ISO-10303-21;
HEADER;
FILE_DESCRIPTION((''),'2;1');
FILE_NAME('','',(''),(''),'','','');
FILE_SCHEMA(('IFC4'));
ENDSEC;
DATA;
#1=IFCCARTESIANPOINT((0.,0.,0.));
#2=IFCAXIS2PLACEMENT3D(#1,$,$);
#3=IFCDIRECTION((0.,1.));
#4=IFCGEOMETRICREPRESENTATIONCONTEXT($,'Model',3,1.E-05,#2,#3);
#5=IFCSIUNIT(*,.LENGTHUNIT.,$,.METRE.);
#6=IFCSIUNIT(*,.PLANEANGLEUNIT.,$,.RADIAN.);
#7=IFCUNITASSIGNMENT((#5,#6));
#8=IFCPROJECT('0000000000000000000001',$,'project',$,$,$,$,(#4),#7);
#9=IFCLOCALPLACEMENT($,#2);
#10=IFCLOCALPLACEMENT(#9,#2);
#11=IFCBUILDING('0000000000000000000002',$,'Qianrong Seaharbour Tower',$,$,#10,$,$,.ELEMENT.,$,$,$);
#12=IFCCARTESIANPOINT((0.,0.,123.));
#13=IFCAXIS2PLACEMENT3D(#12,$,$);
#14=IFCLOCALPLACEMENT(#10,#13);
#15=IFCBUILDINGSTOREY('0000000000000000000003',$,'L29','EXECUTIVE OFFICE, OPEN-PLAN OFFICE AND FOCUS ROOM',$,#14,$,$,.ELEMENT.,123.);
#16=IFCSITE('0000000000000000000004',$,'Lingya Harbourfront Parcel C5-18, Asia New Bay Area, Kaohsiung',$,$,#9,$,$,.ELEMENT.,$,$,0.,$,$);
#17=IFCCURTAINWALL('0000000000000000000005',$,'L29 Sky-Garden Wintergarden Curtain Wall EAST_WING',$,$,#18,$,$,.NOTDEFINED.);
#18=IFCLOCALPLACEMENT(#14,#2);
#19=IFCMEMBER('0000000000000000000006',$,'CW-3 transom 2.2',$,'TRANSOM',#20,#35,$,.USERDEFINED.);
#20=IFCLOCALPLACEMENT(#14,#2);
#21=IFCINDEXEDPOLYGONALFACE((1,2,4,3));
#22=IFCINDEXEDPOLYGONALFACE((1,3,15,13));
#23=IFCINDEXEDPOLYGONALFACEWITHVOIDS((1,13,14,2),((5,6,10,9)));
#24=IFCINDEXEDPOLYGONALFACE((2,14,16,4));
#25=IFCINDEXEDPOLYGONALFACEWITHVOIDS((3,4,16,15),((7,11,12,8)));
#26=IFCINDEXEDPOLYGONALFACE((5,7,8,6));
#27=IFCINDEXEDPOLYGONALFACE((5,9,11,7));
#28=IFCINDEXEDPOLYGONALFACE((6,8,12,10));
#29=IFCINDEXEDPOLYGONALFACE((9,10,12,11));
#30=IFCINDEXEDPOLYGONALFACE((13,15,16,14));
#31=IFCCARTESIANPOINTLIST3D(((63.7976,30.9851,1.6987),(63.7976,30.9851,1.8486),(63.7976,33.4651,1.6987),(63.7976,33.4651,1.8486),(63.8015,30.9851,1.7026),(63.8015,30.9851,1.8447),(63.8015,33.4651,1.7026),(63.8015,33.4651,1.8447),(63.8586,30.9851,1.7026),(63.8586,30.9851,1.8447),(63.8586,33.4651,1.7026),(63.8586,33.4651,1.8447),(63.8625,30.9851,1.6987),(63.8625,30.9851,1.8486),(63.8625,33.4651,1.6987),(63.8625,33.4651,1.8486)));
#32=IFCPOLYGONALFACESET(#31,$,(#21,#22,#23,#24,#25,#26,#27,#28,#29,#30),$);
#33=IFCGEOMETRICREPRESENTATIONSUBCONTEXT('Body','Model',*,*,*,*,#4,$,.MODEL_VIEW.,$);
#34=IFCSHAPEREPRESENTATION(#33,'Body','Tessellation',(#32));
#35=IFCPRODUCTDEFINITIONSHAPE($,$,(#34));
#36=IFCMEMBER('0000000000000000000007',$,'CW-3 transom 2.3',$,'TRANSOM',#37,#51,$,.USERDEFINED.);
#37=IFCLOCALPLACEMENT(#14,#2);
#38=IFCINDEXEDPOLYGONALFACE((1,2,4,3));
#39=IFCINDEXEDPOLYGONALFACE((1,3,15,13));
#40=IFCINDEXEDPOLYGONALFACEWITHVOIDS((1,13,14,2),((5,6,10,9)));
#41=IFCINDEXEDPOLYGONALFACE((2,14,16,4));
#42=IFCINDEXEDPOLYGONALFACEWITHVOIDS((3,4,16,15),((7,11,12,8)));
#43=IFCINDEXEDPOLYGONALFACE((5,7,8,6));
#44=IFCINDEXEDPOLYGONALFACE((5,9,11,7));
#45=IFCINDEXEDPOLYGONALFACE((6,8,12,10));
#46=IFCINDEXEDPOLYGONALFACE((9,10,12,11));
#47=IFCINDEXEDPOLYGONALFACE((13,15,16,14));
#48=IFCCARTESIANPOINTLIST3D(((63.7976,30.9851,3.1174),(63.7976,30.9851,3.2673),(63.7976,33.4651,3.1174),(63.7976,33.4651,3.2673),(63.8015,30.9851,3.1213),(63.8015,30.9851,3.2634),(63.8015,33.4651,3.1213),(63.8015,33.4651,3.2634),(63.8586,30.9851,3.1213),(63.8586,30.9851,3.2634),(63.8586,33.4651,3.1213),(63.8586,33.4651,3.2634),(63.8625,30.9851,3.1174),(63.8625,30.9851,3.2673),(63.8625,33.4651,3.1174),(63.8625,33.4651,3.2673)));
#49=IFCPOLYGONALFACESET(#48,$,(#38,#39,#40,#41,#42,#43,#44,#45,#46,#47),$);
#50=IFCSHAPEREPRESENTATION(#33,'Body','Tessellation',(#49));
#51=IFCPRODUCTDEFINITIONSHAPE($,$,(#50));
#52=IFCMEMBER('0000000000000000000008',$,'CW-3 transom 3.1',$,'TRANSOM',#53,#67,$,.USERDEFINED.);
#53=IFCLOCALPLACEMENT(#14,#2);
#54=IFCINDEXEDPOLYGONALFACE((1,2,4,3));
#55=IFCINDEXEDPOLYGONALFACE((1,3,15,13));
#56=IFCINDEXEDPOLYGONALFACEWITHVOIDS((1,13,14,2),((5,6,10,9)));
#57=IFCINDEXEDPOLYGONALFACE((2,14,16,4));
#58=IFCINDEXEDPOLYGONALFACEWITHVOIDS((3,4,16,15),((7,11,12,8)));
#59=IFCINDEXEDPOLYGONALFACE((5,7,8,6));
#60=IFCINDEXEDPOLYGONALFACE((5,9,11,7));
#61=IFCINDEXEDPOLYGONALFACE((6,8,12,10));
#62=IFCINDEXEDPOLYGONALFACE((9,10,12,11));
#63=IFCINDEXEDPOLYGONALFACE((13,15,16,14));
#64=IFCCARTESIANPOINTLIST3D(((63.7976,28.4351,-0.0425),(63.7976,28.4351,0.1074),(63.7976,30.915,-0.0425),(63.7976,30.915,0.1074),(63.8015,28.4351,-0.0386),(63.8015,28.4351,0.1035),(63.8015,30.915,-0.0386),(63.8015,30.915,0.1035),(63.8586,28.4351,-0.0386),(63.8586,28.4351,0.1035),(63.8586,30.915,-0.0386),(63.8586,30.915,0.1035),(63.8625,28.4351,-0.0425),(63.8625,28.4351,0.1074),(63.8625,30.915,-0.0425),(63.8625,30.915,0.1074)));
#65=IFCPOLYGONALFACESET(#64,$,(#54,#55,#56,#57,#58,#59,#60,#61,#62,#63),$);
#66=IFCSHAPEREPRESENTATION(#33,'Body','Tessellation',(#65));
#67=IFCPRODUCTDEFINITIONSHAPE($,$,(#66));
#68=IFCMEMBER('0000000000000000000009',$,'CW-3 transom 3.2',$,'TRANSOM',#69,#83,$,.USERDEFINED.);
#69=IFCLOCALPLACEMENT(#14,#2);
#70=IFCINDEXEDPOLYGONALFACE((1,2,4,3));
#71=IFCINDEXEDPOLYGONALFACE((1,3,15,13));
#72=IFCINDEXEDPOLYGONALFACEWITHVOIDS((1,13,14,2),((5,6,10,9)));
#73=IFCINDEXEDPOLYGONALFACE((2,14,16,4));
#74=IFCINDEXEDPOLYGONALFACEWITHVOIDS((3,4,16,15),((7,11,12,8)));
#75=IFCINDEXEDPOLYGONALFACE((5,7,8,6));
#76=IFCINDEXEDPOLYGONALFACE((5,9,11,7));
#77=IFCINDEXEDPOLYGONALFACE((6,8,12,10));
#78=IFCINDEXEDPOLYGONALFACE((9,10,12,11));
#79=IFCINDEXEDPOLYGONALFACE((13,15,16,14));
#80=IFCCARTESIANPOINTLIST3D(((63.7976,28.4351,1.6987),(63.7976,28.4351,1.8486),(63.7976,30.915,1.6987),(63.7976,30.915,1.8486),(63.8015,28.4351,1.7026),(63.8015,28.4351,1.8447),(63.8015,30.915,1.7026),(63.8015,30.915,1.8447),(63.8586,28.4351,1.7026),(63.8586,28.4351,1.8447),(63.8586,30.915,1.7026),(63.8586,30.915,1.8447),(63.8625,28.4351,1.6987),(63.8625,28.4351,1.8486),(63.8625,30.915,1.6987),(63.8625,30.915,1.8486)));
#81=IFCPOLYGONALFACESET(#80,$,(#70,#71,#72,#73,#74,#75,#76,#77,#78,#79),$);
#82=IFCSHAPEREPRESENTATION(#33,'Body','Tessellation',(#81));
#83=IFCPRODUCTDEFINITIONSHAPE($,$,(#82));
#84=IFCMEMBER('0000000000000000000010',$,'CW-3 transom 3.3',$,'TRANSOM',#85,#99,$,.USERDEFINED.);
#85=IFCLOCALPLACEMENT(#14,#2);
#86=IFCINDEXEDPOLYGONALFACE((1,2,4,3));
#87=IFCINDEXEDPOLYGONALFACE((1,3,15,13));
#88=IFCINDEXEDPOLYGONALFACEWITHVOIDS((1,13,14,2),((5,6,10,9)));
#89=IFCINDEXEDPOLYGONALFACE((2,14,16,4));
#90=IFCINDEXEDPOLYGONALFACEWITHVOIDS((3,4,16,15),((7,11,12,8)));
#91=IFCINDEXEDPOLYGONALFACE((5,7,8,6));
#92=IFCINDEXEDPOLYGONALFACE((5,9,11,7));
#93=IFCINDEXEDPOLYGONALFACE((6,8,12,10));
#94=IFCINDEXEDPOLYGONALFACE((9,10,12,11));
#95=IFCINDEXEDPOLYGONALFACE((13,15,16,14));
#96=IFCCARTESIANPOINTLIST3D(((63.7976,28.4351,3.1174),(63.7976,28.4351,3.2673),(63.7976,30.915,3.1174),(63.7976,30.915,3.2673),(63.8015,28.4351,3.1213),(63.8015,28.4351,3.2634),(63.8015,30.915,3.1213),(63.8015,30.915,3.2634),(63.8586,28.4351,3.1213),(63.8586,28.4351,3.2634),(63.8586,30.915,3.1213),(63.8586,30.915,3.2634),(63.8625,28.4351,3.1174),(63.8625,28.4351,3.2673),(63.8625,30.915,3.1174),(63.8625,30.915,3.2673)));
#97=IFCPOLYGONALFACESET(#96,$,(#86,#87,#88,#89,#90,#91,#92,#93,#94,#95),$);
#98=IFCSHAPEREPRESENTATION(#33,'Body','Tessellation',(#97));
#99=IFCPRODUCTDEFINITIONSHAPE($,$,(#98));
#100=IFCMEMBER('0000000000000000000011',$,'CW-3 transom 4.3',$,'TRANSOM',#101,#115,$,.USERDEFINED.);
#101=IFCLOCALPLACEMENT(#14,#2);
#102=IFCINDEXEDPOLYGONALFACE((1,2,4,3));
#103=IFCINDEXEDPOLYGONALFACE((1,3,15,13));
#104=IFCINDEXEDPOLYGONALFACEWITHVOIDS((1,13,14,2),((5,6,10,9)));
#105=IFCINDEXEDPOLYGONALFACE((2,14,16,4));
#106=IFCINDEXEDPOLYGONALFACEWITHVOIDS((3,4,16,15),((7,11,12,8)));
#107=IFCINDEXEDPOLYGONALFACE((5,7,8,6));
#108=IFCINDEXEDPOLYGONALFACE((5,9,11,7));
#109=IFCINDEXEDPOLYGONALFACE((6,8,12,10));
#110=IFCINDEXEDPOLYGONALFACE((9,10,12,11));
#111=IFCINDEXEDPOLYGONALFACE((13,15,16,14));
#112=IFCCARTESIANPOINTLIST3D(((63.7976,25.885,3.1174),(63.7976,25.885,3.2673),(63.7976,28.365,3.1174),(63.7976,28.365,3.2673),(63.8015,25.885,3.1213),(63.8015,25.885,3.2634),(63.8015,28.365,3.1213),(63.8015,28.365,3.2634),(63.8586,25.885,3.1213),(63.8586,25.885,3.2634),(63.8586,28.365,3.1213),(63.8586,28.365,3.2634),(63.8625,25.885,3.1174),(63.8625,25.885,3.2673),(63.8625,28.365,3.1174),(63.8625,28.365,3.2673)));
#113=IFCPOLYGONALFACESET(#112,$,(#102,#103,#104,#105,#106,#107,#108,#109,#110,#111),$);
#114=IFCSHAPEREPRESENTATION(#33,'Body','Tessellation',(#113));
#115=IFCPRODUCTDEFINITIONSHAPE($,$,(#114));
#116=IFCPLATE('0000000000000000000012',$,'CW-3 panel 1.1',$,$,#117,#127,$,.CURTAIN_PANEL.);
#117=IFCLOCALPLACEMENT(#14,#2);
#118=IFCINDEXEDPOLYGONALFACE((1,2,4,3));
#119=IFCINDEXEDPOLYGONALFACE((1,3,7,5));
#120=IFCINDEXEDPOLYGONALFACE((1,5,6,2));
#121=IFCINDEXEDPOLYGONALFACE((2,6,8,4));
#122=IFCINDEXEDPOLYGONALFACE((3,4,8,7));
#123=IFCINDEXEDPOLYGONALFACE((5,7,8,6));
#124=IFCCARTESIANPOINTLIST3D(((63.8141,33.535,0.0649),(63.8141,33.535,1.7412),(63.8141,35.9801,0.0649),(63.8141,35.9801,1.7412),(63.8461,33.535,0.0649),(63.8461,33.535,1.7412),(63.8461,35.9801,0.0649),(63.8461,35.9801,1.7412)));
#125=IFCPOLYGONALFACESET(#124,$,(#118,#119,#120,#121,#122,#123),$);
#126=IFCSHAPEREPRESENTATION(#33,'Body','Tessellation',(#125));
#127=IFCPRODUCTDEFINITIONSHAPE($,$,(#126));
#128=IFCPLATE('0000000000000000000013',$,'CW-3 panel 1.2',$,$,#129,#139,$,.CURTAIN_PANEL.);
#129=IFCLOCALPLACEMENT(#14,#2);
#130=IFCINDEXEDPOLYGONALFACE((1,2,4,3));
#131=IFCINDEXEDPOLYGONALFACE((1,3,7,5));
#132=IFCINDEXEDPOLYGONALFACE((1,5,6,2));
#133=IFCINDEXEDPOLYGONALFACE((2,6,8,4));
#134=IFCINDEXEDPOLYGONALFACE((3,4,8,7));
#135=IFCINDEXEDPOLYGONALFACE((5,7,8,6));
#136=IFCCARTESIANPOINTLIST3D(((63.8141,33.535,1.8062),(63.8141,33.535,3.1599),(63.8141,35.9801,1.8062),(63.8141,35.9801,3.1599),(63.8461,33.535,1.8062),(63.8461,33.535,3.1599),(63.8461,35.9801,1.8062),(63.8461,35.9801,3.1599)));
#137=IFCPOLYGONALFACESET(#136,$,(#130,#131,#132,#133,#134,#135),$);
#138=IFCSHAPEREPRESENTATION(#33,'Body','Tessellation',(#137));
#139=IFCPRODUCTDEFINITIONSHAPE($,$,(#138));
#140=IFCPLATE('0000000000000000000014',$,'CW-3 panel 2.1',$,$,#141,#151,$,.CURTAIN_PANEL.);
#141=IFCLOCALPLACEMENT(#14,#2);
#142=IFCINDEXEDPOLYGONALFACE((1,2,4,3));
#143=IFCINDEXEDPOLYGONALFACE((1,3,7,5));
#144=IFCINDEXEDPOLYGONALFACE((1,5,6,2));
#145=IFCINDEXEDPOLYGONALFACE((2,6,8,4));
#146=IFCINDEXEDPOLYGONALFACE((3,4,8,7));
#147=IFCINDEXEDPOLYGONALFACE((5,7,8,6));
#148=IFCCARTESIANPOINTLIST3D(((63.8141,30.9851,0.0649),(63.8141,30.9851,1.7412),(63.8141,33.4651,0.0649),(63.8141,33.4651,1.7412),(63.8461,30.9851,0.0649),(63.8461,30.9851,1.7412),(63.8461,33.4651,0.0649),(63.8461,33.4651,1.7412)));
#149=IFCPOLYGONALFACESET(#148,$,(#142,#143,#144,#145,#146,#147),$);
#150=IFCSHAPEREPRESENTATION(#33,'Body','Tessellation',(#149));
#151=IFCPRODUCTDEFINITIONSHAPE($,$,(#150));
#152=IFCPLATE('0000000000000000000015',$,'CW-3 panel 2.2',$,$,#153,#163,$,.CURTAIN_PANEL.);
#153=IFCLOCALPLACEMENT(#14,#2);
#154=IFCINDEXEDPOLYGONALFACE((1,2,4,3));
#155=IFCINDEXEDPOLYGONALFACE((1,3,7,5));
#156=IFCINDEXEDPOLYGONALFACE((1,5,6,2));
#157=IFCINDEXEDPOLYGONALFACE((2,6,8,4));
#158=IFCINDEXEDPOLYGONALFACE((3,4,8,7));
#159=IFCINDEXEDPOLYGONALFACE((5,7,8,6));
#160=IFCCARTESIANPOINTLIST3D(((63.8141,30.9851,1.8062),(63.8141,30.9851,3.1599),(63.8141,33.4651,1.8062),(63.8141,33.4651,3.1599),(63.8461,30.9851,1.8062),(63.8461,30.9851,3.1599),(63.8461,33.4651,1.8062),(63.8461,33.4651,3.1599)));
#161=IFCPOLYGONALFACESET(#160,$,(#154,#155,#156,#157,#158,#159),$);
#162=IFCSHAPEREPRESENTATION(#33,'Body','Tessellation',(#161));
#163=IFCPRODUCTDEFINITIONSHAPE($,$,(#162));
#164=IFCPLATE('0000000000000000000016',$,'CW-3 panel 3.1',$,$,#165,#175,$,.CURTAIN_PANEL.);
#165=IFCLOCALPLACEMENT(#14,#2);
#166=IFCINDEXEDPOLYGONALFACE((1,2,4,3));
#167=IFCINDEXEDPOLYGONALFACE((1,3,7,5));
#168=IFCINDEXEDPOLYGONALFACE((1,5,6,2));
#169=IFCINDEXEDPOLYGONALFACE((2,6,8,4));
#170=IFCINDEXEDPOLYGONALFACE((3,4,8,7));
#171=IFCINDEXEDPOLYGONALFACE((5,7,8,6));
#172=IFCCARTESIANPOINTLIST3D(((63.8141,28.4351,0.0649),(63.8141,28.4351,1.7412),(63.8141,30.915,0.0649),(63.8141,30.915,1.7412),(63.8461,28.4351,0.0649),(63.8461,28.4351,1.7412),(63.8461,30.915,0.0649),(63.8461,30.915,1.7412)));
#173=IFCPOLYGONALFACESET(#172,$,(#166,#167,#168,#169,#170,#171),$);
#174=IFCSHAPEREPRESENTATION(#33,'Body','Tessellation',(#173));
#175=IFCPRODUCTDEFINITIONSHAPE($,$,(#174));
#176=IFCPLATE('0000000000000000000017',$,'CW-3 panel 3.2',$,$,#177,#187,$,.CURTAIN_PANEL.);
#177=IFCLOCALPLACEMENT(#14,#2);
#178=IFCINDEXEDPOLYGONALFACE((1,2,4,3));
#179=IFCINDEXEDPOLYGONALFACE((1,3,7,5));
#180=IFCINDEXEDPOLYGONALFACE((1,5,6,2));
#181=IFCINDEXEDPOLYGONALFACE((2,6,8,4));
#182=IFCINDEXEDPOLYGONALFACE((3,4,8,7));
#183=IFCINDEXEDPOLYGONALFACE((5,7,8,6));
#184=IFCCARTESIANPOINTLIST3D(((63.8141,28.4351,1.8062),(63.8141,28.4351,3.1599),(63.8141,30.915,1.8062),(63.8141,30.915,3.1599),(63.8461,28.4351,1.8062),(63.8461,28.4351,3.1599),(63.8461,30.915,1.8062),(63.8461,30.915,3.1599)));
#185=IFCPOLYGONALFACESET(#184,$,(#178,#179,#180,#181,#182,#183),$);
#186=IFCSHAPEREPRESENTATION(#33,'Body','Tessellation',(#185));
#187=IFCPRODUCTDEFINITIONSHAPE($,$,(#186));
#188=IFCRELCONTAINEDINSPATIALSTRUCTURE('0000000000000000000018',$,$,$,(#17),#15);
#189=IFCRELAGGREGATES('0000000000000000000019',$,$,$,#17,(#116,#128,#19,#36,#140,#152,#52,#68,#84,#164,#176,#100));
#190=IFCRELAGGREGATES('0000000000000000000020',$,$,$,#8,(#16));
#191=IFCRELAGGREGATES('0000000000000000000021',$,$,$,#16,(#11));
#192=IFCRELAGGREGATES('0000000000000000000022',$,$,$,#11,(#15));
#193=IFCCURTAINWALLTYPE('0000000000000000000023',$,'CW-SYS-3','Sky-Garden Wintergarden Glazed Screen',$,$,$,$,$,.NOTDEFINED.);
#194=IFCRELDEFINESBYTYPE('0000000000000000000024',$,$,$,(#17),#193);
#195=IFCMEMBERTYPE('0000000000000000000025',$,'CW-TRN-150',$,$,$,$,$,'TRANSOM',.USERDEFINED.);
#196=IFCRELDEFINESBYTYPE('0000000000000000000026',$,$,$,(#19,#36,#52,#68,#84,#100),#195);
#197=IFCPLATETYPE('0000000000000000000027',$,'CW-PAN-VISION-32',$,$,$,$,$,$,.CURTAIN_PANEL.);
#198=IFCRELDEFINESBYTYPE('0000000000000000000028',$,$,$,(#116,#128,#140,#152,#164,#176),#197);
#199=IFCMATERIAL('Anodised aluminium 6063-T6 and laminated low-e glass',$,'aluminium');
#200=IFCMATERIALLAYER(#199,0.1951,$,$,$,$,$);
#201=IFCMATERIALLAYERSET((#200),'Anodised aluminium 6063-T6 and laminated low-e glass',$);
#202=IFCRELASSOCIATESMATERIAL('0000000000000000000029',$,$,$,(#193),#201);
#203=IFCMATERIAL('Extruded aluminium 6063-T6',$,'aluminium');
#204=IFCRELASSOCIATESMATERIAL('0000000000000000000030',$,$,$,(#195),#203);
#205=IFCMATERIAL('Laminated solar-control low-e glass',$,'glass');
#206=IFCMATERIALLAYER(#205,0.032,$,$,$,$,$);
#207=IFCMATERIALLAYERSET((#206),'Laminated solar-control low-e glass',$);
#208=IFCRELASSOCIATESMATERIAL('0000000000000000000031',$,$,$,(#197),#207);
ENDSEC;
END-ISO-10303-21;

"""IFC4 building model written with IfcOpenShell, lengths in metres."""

from ifc_helpers import new_model, si_unit, direction, frame, origin, origin_2d, place, context, subcontext, project, spatial, rectangle, hollow_rectangle, extrude, material, layer, layer_set, material_profile, profile_set, type_object, element, aggregate, save


model = new_model("IFC4")

# Units and contexts
model_context = context("Model", 3, precision=1e-05, world=origin(), true_north=direction((0.0, 1.0)))
body_context = subcontext(model_context, "Body", "Model", "MODEL_VIEW")
ifc_project = project(units=[si_unit("LENGTHUNIT", "METRE"), si_unit("PLANEANGLEUNIT", "RADIAN")], contexts=[model_context])

# Site, building, storey
site_placement = place(None, origin())
site = spatial("IfcSite", under=ifc_project, at=site_placement, Name="Lingya Harbourfront Parcel C5-18, Asia New Bay Area, Kaohsiung", CompositionType="ELEMENT", RefElevation=0.0)
building_placement = place(site_placement, origin())
building = spatial("IfcBuilding", under=site, at=building_placement, Name="Qianrong Seaharbour Tower", CompositionType="ELEMENT")
storey_placement = place(building_placement, frame((0.0, 0.0, 123.0)))
storey = spatial("IfcBuildingStorey", under=building, at=storey_placement, Name="L29", Description="EXECUTIVE OFFICE, OPEN-PLAN OFFICE AND FOCUS ROOM", CompositionType="ELEMENT", Elevation=123.0)

# Curtain wall, members, plates
ifc_material_1 = material(Name="Anodised aluminium 6063-T6 and laminated low-e glass", Category="aluminium")
ifc_layer_1 = layer(ifc_material_1, 0.1951)
ifc_layer_set_1 = layer_set([ifc_layer_1], Name="Anodised aluminium 6063-T6 and laminated low-e glass")
curtain_wall_type = type_object("IfcCurtainWallType", Name="CW-SYS-3", Description="Sky-Garden Wintergarden Glazed Screen", PredefinedType="NOTDEFINED", material=ifc_layer_set_1)
curtain_wall_placement = place(storey_placement, origin())
curtain_wall = element("IfcCurtainWall", 1, at=curtain_wall_placement, inside=storey, type_object=curtain_wall_type, Name="L29 Sky-Garden Wintergarden Curtain Wall EAST_WING", PredefinedType="NOTDEFINED")
ifc_material_2 = material(Name="Extruded aluminium 6063-T6", Category="aluminium")
ifc_material_profile_1 = material_profile(ifc_material_2, hollow_rectangle(XDim=0.0649, YDim=0.1499, WallThickness=0.0039, at=origin_2d()), Name="ALU-TRN-150x65x4")
ifc_profile_set_1 = profile_set([ifc_material_profile_1], Name="Extruded aluminium 6063-T6")
member_type_1 = type_object("IfcMemberType", Name="CW-TRN-150", ElementType="TRANSOM", PredefinedType="USERDEFINED", material=ifc_profile_set_1)
member_1_placement = place(storey_placement, frame((63.8301, 33.4651, 1.7737), z_axis=(0.0, -1.0, 0.0), x_axis=(1.0, 0.0, 0.0)))
member_1 = element("IfcMember", 2, at=member_1_placement, type_object=member_type_1, Name="CW-3 transom 2.2", ObjectType="TRANSOM", PredefinedType="USERDEFINED", context=body_context, shape_type="SweptSolid", body=[
    extrude(hollow_rectangle(XDim=0.0649, YDim=0.1499, WallThickness=0.0039, at=origin_2d()), origin(), (0.0, 0.0, 1.0), 2.48),
])
member_2_placement = place(storey_placement, frame((63.8301, 33.4651, 3.1924), z_axis=(0.0, -1.0, 0.0), x_axis=(1.0, 0.0, 0.0)))
member_2 = element("IfcMember", 3, at=member_2_placement, type_object=member_type_1, Name="CW-3 transom 2.3", ObjectType="TRANSOM", PredefinedType="USERDEFINED", context=body_context, shape_type="SweptSolid", body=[
    extrude(hollow_rectangle(XDim=0.0649, YDim=0.1499, WallThickness=0.0039, at=origin_2d()), origin(), (0.0, 0.0, 1.0), 2.48),
])
member_3_placement = place(storey_placement, frame((63.8301, 30.915, 0.0325), z_axis=(0.0, -1.0, 0.0), x_axis=(1.0, 0.0, 0.0)))
member_3 = element("IfcMember", 4, at=member_3_placement, type_object=member_type_1, Name="CW-3 transom 3.1", ObjectType="TRANSOM", PredefinedType="USERDEFINED", context=body_context, shape_type="SweptSolid", body=[
    extrude(hollow_rectangle(XDim=0.0649, YDim=0.1499, WallThickness=0.0039, at=origin_2d()), origin(), (0.0, 0.0, 1.0), 2.48),
])
member_4_placement = place(storey_placement, frame((63.8301, 30.915, 1.7737), z_axis=(0.0, -1.0, 0.0), x_axis=(1.0, 0.0, 0.0)))
member_4 = element("IfcMember", 5, at=member_4_placement, type_object=member_type_1, Name="CW-3 transom 3.2", ObjectType="TRANSOM", PredefinedType="USERDEFINED", context=body_context, shape_type="SweptSolid", body=[
    extrude(hollow_rectangle(XDim=0.0649, YDim=0.1499, WallThickness=0.0039, at=origin_2d()), origin(), (0.0, 0.0, 1.0), 2.48),
])
member_5_placement = place(storey_placement, frame((63.8301, 30.915, 3.1924), z_axis=(0.0, -1.0, 0.0), x_axis=(1.0, 0.0, 0.0)))
member_5 = element("IfcMember", 6, at=member_5_placement, type_object=member_type_1, Name="CW-3 transom 3.3", ObjectType="TRANSOM", PredefinedType="USERDEFINED", context=body_context, shape_type="SweptSolid", body=[
    extrude(hollow_rectangle(XDim=0.0649, YDim=0.1499, WallThickness=0.0039, at=origin_2d()), origin(), (0.0, 0.0, 1.0), 2.48),
])
member_6_placement = place(storey_placement, frame((63.8301, 28.365, 3.1924), z_axis=(0.0, -1.0, 0.0), x_axis=(1.0, 0.0, 0.0)))
member_6 = element("IfcMember", 7, at=member_6_placement, type_object=member_type_1, Name="CW-3 transom 4.3", ObjectType="TRANSOM", PredefinedType="USERDEFINED", context=body_context, shape_type="SweptSolid", body=[
    extrude(hollow_rectangle(XDim=0.0649, YDim=0.1499, WallThickness=0.0039, at=origin_2d()), origin(), (0.0, 0.0, 1.0), 2.48),
])
ifc_material_3 = material(Name="Laminated solar-control low-e glass", Category="glass")
ifc_layer_2 = layer(ifc_material_3, 0.032)
ifc_layer_set_2 = layer_set([ifc_layer_2], Name="Laminated solar-control low-e glass")
plate_type = type_object("IfcPlateType", Name="CW-PAN-VISION-32", PredefinedType="CURTAIN_PANEL", material=ifc_layer_set_2)
plate_1_placement = place(storey_placement, frame((63.8301, 34.7576, 0.0649), z_axis=(0.0, 0.0, 1.0), x_axis=(0.0, -1.0, 0.0)))
plate_1 = element("IfcPlate", 8, at=plate_1_placement, type_object=plate_type, Name="CW-3 panel 1.1", PredefinedType="CURTAIN_PANEL", context=body_context, shape_type="SweptSolid", body=[
    extrude(rectangle(XDim=2.4451, YDim=0.032, at=origin_2d()), origin(), (0.0, 0.0, 1.0), 1.6763),
])
plate_2_placement = place(storey_placement, frame((63.8301, 34.7576, 1.8062), z_axis=(0.0, 0.0, 1.0), x_axis=(0.0, -1.0, 0.0)))
plate_2 = element("IfcPlate", 9, at=plate_2_placement, type_object=plate_type, Name="CW-3 panel 1.2", PredefinedType="CURTAIN_PANEL", context=body_context, shape_type="SweptSolid", body=[
    extrude(rectangle(XDim=2.4451, YDim=0.032, at=origin_2d()), origin(), (0.0, 0.0, 1.0), 1.3538),
])
plate_3_placement = place(storey_placement, frame((63.8301, 32.2251, 0.0649), z_axis=(0.0, 0.0, 1.0), x_axis=(0.0, -1.0, 0.0)))
plate_3 = element("IfcPlate", 10, at=plate_3_placement, type_object=plate_type, Name="CW-3 panel 2.1", PredefinedType="CURTAIN_PANEL", context=body_context, shape_type="SweptSolid", body=[
    extrude(rectangle(XDim=2.48, YDim=0.032, at=origin_2d()), origin(), (0.0, 0.0, 1.0), 1.6763),
])
plate_4_placement = place(storey_placement, frame((63.8301, 32.2251, 1.8062), z_axis=(0.0, 0.0, 1.0), x_axis=(0.0, -1.0, 0.0)))
plate_4 = element("IfcPlate", 11, at=plate_4_placement, type_object=plate_type, Name="CW-3 panel 2.2", PredefinedType="CURTAIN_PANEL", context=body_context, shape_type="SweptSolid", body=[
    extrude(rectangle(XDim=2.48, YDim=0.032, at=origin_2d()), origin(), (0.0, 0.0, 1.0), 1.3538),
])
plate_5_placement = place(storey_placement, frame((63.8301, 29.675, 0.0649), z_axis=(0.0, 0.0, 1.0), x_axis=(0.0, -1.0, 0.0)))
plate_5 = element("IfcPlate", 12, at=plate_5_placement, type_object=plate_type, Name="CW-3 panel 3.1", PredefinedType="CURTAIN_PANEL", context=body_context, shape_type="SweptSolid", body=[
    extrude(rectangle(XDim=2.48, YDim=0.032, at=origin_2d()), origin(), (0.0, 0.0, 1.0), 1.6763),
])
plate_6_placement = place(storey_placement, frame((63.8301, 29.675, 1.8062), z_axis=(0.0, 0.0, 1.0), x_axis=(0.0, -1.0, 0.0)))
plate_6 = element("IfcPlate", 13, at=plate_6_placement, type_object=plate_type, Name="CW-3 panel 3.2", PredefinedType="CURTAIN_PANEL", context=body_context, shape_type="SweptSolid", body=[
    extrude(rectangle(XDim=2.48, YDim=0.032, at=origin_2d()), origin(), (0.0, 0.0, 1.0), 1.3538),
])
aggregate(curtain_wall, [plate_1, plate_2, member_1, member_2, plate_3, plate_4, member_3, member_4, member_5, plate_5, plate_6, member_6])

save(model, "model.ifc")
